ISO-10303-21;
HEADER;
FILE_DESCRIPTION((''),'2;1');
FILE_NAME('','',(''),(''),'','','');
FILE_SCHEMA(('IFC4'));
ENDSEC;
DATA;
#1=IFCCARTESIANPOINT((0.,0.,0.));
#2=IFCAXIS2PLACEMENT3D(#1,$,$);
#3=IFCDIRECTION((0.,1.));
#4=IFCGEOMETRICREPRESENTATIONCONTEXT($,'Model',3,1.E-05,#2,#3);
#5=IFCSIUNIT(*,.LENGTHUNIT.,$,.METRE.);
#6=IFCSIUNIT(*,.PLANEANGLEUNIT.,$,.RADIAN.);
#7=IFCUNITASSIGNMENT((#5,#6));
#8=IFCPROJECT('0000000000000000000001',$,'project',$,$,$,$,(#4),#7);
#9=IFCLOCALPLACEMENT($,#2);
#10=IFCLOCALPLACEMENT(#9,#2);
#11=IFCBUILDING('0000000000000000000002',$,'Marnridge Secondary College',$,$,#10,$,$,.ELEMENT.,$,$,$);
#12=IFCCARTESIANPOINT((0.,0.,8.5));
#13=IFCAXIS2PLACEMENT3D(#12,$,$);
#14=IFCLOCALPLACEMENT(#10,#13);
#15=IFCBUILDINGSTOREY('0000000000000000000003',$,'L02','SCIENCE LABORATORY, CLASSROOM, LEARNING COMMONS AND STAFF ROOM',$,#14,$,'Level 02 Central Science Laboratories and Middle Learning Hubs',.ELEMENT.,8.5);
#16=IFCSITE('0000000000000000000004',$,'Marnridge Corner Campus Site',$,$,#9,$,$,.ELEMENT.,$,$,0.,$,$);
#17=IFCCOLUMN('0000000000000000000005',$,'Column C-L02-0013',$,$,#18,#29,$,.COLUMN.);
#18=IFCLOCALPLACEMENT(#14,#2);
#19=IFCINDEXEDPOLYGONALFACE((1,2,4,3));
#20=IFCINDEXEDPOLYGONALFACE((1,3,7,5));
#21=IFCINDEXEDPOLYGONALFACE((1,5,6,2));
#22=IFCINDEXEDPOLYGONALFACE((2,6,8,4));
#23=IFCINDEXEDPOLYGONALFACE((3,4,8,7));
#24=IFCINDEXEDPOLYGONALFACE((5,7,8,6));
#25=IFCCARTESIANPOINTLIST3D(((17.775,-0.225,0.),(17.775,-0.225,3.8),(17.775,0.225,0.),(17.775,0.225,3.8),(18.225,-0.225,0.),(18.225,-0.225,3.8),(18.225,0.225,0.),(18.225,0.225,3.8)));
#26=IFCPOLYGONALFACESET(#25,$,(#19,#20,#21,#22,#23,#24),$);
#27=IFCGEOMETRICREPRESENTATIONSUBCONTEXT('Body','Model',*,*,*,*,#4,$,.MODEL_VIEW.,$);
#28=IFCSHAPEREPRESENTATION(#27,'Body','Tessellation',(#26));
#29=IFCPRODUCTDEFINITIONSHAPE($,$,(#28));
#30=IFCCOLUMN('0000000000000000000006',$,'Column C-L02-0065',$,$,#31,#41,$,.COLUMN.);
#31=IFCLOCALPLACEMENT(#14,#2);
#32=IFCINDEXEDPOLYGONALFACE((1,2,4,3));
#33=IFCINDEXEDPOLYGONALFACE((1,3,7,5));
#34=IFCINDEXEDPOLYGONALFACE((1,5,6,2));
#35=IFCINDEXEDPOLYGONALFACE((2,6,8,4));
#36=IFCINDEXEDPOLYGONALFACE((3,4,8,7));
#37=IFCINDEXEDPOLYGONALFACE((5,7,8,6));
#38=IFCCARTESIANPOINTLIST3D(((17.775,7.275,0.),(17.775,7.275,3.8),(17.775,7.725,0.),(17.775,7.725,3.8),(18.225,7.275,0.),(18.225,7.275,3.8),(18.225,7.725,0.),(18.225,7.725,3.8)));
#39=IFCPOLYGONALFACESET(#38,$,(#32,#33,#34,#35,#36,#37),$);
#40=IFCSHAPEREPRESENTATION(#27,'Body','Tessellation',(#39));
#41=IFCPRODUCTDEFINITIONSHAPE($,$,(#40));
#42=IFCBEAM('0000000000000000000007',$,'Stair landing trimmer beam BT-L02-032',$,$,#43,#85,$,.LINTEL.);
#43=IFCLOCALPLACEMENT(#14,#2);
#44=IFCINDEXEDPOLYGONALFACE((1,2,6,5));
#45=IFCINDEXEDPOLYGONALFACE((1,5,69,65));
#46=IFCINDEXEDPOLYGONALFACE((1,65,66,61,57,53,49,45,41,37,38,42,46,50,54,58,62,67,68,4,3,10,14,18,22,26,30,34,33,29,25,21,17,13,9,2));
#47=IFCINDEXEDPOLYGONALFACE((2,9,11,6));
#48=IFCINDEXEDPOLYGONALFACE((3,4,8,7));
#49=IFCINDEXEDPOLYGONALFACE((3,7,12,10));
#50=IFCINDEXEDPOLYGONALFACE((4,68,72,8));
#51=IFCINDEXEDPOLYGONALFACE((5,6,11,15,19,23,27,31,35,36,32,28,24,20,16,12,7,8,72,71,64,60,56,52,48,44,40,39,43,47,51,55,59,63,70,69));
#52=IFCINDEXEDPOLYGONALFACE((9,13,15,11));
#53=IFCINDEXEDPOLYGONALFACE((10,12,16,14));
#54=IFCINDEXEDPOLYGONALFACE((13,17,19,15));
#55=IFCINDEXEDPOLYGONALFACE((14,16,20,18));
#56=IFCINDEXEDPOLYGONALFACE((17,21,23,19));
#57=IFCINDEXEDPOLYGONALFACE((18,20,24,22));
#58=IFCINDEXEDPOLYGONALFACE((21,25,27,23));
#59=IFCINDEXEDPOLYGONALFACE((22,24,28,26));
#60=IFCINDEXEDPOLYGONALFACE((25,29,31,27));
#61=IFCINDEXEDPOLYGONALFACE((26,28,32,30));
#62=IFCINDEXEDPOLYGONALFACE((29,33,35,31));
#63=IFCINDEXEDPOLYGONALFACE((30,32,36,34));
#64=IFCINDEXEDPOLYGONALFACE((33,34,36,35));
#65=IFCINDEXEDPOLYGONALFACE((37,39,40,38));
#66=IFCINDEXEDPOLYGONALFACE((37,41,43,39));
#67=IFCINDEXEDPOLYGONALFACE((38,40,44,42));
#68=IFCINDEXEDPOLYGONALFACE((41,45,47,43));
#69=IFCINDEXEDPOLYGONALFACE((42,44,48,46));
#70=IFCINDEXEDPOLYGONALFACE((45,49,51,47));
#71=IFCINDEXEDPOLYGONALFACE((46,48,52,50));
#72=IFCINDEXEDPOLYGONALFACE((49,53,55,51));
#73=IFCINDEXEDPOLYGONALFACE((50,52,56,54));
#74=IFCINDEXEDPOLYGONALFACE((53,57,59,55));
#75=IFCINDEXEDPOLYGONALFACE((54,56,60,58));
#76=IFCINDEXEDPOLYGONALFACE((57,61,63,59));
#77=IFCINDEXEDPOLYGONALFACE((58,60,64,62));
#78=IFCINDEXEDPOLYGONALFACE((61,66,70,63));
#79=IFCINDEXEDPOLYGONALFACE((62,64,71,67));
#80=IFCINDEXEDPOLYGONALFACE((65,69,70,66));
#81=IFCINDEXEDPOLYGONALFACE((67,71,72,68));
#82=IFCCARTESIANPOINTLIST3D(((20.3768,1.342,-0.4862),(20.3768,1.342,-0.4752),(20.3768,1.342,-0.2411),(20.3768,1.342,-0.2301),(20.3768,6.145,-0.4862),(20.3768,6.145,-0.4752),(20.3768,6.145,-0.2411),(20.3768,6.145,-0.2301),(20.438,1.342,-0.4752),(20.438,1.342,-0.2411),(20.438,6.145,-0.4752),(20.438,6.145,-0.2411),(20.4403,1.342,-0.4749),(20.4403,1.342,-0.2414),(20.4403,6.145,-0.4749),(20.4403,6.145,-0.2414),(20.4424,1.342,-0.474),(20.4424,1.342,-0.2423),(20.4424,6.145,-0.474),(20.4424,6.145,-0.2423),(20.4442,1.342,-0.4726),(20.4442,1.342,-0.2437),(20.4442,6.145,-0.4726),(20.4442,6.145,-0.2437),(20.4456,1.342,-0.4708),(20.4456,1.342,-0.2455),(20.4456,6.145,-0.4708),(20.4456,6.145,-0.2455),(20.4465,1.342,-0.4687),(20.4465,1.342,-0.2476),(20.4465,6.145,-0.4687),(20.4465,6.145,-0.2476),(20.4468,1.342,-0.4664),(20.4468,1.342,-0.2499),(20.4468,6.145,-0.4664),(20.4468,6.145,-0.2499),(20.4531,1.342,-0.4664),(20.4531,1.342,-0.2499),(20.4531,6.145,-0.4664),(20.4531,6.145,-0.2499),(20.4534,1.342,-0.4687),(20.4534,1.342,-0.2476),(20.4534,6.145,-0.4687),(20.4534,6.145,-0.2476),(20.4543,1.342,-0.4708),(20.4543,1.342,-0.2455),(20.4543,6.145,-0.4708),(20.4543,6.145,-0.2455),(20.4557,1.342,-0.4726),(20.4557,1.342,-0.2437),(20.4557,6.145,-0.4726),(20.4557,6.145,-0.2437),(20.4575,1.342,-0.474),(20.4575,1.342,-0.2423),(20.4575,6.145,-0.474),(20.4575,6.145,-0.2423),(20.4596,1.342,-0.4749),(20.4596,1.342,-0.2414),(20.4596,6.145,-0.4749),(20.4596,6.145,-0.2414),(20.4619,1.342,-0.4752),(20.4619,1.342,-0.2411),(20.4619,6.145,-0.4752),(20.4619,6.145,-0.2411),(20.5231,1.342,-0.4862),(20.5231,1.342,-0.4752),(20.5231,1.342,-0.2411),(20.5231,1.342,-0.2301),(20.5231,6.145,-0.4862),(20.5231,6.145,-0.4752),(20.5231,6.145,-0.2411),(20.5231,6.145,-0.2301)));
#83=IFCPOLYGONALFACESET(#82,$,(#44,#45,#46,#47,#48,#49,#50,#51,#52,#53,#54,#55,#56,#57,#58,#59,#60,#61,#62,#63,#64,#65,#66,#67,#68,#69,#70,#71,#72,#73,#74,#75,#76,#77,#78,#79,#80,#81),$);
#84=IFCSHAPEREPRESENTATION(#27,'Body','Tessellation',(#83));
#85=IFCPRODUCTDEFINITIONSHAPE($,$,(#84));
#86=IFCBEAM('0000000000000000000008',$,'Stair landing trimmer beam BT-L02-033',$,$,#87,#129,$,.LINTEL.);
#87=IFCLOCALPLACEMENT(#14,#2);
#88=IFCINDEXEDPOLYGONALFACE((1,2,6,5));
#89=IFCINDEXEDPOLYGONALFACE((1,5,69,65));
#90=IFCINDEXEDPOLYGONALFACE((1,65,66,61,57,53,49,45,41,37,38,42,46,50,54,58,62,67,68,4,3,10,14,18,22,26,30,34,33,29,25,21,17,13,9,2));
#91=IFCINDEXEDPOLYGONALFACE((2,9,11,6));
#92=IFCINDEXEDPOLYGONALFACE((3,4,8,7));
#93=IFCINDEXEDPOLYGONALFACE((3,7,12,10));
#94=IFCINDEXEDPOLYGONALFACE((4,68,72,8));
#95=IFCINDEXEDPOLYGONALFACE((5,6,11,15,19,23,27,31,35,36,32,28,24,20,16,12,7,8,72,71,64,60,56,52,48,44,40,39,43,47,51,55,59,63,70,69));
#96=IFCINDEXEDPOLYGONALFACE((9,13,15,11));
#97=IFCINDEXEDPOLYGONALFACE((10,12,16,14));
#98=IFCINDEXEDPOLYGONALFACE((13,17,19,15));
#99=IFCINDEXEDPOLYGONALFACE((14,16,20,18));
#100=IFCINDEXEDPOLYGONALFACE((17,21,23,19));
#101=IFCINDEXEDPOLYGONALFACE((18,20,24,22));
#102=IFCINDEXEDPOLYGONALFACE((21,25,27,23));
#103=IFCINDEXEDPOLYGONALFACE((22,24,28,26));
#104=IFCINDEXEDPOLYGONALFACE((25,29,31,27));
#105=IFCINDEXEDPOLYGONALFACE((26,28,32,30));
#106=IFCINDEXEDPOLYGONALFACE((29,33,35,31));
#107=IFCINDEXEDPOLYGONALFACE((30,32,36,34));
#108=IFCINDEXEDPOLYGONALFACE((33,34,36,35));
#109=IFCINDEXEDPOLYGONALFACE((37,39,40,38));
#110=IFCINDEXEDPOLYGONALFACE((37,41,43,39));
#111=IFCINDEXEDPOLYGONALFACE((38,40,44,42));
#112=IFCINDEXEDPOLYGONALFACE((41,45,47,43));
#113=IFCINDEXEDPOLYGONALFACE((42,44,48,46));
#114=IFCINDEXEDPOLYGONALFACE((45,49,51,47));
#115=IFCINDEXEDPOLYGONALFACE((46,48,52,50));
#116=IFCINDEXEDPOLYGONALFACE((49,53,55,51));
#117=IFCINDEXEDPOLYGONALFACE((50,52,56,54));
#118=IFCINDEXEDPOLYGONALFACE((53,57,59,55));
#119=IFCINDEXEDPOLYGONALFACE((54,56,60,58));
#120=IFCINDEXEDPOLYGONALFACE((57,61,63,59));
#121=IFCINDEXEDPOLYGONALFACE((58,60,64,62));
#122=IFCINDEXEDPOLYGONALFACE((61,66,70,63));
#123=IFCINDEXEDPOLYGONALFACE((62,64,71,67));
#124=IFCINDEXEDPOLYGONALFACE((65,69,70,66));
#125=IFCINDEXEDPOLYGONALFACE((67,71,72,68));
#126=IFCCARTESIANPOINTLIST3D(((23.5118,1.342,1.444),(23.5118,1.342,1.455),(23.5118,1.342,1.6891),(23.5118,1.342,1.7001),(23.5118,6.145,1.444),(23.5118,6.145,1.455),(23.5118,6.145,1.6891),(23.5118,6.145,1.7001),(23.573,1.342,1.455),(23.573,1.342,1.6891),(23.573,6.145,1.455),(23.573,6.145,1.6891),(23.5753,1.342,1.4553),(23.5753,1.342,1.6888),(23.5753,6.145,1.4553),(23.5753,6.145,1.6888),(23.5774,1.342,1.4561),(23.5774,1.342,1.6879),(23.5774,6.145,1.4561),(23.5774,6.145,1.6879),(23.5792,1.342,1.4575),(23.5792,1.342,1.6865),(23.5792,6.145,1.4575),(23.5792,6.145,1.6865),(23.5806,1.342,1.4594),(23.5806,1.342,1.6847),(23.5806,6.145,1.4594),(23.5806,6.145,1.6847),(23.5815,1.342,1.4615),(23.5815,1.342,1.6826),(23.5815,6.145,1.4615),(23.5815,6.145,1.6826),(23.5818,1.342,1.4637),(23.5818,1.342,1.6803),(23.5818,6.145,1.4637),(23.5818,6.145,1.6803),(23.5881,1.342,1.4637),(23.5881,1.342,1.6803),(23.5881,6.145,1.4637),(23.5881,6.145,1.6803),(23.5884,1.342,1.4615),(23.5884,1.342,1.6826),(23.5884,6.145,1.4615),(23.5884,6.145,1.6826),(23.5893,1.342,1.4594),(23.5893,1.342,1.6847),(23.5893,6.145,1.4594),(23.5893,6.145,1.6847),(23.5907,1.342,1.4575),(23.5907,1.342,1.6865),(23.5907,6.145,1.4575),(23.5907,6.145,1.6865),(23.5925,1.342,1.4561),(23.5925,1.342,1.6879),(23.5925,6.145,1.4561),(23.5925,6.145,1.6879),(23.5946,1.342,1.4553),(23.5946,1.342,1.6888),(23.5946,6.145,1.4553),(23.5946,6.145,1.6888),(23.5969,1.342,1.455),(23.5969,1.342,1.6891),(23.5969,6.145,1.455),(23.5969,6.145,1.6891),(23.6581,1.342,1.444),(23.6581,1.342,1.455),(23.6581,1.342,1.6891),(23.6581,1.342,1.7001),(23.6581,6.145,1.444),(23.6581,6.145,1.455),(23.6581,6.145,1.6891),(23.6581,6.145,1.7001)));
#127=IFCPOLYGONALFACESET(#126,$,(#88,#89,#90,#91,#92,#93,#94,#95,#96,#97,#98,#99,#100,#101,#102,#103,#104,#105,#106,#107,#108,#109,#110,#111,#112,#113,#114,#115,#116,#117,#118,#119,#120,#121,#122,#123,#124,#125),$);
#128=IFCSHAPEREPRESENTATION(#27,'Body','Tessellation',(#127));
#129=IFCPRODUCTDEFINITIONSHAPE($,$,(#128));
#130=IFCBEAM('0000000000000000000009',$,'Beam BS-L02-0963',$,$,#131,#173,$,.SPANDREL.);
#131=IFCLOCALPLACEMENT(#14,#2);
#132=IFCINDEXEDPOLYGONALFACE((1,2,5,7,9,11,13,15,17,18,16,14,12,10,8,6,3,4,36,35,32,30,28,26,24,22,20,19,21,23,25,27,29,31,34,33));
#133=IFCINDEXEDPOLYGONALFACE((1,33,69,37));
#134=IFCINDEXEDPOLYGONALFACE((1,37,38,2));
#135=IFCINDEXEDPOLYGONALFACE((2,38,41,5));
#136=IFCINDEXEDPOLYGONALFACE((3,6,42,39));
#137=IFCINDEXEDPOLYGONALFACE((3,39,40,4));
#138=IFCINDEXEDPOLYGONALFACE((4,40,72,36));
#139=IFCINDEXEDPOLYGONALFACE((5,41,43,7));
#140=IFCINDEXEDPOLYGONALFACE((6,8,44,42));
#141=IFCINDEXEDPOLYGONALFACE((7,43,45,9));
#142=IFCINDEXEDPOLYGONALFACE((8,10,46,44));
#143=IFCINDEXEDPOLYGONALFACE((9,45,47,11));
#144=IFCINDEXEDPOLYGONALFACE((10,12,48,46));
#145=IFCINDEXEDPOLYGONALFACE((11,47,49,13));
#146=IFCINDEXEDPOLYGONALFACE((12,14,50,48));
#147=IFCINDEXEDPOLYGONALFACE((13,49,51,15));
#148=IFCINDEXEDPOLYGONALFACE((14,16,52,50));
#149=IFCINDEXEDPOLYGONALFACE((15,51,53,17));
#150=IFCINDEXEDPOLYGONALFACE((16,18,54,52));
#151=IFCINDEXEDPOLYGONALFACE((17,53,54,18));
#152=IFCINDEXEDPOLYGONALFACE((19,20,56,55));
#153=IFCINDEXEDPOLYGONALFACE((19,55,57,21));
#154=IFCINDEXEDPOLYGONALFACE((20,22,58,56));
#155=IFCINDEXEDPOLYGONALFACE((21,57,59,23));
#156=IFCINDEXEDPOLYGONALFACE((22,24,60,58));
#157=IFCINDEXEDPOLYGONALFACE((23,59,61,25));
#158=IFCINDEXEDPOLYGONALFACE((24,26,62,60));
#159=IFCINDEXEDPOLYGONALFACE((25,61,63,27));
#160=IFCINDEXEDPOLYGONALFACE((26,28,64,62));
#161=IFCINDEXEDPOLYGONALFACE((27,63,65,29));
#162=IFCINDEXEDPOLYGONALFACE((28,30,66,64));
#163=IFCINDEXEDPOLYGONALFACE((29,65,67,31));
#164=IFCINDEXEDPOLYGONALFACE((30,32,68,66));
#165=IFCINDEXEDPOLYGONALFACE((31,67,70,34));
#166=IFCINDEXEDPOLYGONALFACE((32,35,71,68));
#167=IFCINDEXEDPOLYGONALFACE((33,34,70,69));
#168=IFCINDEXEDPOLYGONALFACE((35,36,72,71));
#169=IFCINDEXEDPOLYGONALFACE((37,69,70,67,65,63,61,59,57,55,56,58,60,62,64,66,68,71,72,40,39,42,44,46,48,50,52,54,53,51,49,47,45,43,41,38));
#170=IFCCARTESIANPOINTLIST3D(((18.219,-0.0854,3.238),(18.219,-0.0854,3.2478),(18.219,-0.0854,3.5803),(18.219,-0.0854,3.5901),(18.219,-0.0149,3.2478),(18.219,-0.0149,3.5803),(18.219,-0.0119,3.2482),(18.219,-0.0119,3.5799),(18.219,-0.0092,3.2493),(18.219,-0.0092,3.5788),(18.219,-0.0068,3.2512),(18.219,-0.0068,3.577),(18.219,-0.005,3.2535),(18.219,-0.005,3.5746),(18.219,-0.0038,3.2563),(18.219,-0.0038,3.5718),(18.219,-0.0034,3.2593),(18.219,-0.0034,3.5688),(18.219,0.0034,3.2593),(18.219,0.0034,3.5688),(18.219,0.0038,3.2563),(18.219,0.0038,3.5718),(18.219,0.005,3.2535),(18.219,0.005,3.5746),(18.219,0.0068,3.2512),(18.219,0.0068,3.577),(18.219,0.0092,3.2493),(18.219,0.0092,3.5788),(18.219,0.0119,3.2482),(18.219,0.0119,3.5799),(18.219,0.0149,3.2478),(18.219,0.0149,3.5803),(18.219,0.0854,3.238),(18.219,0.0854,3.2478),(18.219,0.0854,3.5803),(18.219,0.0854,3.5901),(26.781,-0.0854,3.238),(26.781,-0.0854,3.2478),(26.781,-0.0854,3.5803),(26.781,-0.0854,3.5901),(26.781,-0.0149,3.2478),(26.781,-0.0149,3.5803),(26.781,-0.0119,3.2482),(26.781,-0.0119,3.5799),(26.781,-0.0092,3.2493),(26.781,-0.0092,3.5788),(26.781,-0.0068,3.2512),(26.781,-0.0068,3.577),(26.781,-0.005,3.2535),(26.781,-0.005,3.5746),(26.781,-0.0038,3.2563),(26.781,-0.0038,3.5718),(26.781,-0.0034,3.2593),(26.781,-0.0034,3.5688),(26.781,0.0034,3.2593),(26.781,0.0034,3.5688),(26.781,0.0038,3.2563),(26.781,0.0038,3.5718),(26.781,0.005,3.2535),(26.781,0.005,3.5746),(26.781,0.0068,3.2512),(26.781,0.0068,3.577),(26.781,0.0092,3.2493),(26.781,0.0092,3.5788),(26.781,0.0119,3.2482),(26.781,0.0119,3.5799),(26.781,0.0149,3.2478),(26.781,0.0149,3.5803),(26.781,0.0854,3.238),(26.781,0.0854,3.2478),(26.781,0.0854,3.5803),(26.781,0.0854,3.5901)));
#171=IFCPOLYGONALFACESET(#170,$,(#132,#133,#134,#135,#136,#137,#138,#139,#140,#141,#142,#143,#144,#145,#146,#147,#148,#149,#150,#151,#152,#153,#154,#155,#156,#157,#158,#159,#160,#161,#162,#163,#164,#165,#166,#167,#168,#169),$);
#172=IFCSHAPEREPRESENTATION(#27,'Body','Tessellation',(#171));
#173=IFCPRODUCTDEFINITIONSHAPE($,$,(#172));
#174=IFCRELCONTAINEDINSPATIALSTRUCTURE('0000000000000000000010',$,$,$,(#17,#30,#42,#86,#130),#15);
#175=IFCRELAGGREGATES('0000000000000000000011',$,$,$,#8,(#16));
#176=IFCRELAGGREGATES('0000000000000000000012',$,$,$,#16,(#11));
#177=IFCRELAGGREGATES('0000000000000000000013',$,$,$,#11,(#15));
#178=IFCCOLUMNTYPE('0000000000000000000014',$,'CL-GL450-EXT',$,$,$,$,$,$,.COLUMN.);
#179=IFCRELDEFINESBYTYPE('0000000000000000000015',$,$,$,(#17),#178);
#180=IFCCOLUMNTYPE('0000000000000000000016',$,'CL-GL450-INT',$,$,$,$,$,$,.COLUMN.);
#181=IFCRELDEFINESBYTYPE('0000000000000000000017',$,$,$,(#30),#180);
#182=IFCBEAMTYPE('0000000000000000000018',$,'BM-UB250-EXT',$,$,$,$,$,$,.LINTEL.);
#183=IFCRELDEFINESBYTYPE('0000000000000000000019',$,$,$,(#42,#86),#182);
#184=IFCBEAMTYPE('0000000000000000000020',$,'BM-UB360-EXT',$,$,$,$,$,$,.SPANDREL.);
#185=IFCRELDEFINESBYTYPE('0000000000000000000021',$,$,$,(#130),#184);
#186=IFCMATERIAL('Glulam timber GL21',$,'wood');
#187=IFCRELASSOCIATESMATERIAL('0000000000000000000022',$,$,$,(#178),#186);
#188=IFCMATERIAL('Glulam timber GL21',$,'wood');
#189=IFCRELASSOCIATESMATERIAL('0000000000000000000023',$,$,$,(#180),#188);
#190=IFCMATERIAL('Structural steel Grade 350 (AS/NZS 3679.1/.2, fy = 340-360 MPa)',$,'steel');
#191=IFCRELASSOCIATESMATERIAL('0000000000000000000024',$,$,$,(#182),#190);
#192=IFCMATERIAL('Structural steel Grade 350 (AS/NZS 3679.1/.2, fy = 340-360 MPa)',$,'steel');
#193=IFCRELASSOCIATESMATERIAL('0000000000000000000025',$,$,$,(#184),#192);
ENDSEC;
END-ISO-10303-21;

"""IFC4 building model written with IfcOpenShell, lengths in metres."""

from ifc_helpers import new_model, si_unit, direction, frame, origin, origin_2d, place, context, subcontext, project, spatial, rectangle, i_section, extrude, material, material_profile, profile_set, type_object, element, save


model = new_model("IFC4")

# Units and contexts
model_context = context("Model", 3, precision=1e-05, world=origin(), true_north=direction((0.0, 1.0)))
body_context = subcontext(model_context, "Body", "Model", "MODEL_VIEW")
ifc_project = project(units=[si_unit("LENGTHUNIT", "METRE"), si_unit("PLANEANGLEUNIT", "RADIAN")], contexts=[model_context])

# Site, building, storey
site_placement = place(None, origin())
site = spatial("IfcSite", under=ifc_project, at=site_placement, Name="Marnridge Corner Campus Site", CompositionType="ELEMENT", RefElevation=0.0)
building_placement = place(site_placement, origin())
building = spatial("IfcBuilding", under=site, at=building_placement, Name="Marnridge Secondary College", CompositionType="ELEMENT")
storey_placement = place(building_placement, frame((0.0, 0.0, 8.5)))
storey = spatial("IfcBuildingStorey", under=building, at=storey_placement, Name="L02", Description="SCIENCE LABORATORY, CLASSROOM, LEARNING COMMONS AND STAFF ROOM", LongName="Level 02 Central Science Laboratories and Middle Learning Hubs", CompositionType="ELEMENT", Elevation=8.5)

# Columns
ifc_material_1 = material(Name="Glulam timber GL21", Category="wood")
ifc_material_profile_1 = material_profile(ifc_material_1, rectangle(XDim=0.45, YDim=0.45, at=origin_2d()), Name="GL21 450x450")
ifc_profile_set_1 = profile_set([ifc_material_profile_1], Name="Glulam timber GL21")
column_type_1 = type_object("IfcColumnType", Name="CL-GL450-EXT", PredefinedType="COLUMN", material=ifc_profile_set_1)
column_1_placement = place(storey_placement, frame((18.0, 0.0, 0.0), z_axis=(0.0, 0.0, 1.0), x_axis=(1.0, 0.0, 0.0)))
element("IfcColumn", 1, at=column_1_placement, inside=storey, type_object=column_type_1, Name="Column C-L02-0013", PredefinedType="COLUMN", context=body_context, shape_type="SweptSolid", body=[
    extrude(rectangle(XDim=0.45, YDim=0.45, at=origin_2d()), origin(), (0.0, 0.0, 1.0), 3.8),
])
ifc_material_2 = material(Name="Glulam timber GL21", Category="wood")
ifc_material_profile_2 = material_profile(ifc_material_2, rectangle(XDim=0.45, YDim=0.45, at=origin_2d()), Name="GL21 450x450")
ifc_profile_set_2 = profile_set([ifc_material_profile_2], Name="Glulam timber GL21")
column_type_2 = type_object("IfcColumnType", Name="CL-GL450-INT", PredefinedType="COLUMN", material=ifc_profile_set_2)
column_2_placement = place(storey_placement, frame((18.0, 7.5, 0.0), z_axis=(0.0, 0.0, 1.0), x_axis=(1.0, 0.0, 0.0)))
element("IfcColumn", 2, at=column_2_placement, inside=storey, type_object=column_type_2, Name="Column C-L02-0065", PredefinedType="COLUMN", context=body_context, shape_type="SweptSolid", body=[
    extrude(rectangle(XDim=0.45, YDim=0.45, at=origin_2d()), origin(), (0.0, 0.0, 1.0), 3.8),
])

# Beams
ifc_material_3 = material(Name="Structural steel Grade 350 (AS/NZS 3679.1/.2, fy = 340-360 MPa)", Category="steel")
ifc_material_profile_3 = material_profile(ifc_material_3, i_section(OverallWidth=0.1462, OverallDepth=0.2561, WebThickness=0.0063, FlangeThickness=0.011, FilletRadius=0.0088, at=origin_2d()), Name="250UB37.3")
ifc_profile_set_3 = profile_set([ifc_material_profile_3], Name="Structural steel Grade 350 (AS/NZS 3679.1/.2, fy = 340-360 MPa)")
beam_type_1 = type_object("IfcBeamType", Name="BM-UB250-EXT", PredefinedType="LINTEL", material=ifc_profile_set_3)
for number, where, z_axis, x_axis, name in (
    (3, (20.45, 1.342, -0.3582), (0.0, 1.0, 0.0), (-1.0, 0.0, 0.0), "Stair landing trimmer beam BT-L02-032"),
    (4, (23.585, 1.342, 1.572), (0.0, 1.0, 0.0), (-1.0, 0.0, 0.0), "Stair landing trimmer beam BT-L02-033"),
):
    element("IfcBeam", number, at=place(storey_placement, frame(where, z_axis=z_axis, x_axis=x_axis)), inside=storey, type_object=beam_type_1, Name=name, PredefinedType="LINTEL", context=body_context, shape_type="SweptSolid", body=[
        extrude(i_section(OverallWidth=0.1462, OverallDepth=0.2561, WebThickness=0.0063, FlangeThickness=0.011, FilletRadius=0.0088, at=origin_2d()), origin(), (0.0, 0.0, 1.0), 4.803),
    ])
ifc_material_4 = material(Name="Structural steel Grade 350 (AS/NZS 3679.1/.2, fy = 340-360 MPa)", Category="steel")
ifc_material_profile_4 = material_profile(ifc_material_4, i_section(OverallWidth=0.1709, OverallDepth=0.3521, WebThickness=0.0068, FlangeThickness=0.0098, FilletRadius=0.0115, at=origin_2d()), Name="360UB44.7")
ifc_profile_set_4 = profile_set([ifc_material_profile_4], Name="Structural steel Grade 350 (AS/NZS 3679.1/.2, fy = 340-360 MPa)")
beam_type_2 = type_object("IfcBeamType", Name="BM-UB360-EXT", PredefinedType="SPANDREL", material=ifc_profile_set_4)
beam_1_placement = place(storey_placement, frame((18.219, 0.0, 3.4141), z_axis=(1.0, 0.0, 0.0), x_axis=(0.0, 1.0, 0.0)))
element("IfcBeam", 5, at=beam_1_placement, inside=storey, type_object=beam_type_2, Name="Beam BS-L02-0963", PredefinedType="SPANDREL", context=body_context, shape_type="SweptSolid", body=[
    extrude(i_section(OverallWidth=0.1709, OverallDepth=0.3521, WebThickness=0.0068, FlangeThickness=0.0098, FilletRadius=0.0115, at=origin_2d()), origin(), (0.0, 0.0, 1.0), 8.562),
])

save(model, "model.ifc")
